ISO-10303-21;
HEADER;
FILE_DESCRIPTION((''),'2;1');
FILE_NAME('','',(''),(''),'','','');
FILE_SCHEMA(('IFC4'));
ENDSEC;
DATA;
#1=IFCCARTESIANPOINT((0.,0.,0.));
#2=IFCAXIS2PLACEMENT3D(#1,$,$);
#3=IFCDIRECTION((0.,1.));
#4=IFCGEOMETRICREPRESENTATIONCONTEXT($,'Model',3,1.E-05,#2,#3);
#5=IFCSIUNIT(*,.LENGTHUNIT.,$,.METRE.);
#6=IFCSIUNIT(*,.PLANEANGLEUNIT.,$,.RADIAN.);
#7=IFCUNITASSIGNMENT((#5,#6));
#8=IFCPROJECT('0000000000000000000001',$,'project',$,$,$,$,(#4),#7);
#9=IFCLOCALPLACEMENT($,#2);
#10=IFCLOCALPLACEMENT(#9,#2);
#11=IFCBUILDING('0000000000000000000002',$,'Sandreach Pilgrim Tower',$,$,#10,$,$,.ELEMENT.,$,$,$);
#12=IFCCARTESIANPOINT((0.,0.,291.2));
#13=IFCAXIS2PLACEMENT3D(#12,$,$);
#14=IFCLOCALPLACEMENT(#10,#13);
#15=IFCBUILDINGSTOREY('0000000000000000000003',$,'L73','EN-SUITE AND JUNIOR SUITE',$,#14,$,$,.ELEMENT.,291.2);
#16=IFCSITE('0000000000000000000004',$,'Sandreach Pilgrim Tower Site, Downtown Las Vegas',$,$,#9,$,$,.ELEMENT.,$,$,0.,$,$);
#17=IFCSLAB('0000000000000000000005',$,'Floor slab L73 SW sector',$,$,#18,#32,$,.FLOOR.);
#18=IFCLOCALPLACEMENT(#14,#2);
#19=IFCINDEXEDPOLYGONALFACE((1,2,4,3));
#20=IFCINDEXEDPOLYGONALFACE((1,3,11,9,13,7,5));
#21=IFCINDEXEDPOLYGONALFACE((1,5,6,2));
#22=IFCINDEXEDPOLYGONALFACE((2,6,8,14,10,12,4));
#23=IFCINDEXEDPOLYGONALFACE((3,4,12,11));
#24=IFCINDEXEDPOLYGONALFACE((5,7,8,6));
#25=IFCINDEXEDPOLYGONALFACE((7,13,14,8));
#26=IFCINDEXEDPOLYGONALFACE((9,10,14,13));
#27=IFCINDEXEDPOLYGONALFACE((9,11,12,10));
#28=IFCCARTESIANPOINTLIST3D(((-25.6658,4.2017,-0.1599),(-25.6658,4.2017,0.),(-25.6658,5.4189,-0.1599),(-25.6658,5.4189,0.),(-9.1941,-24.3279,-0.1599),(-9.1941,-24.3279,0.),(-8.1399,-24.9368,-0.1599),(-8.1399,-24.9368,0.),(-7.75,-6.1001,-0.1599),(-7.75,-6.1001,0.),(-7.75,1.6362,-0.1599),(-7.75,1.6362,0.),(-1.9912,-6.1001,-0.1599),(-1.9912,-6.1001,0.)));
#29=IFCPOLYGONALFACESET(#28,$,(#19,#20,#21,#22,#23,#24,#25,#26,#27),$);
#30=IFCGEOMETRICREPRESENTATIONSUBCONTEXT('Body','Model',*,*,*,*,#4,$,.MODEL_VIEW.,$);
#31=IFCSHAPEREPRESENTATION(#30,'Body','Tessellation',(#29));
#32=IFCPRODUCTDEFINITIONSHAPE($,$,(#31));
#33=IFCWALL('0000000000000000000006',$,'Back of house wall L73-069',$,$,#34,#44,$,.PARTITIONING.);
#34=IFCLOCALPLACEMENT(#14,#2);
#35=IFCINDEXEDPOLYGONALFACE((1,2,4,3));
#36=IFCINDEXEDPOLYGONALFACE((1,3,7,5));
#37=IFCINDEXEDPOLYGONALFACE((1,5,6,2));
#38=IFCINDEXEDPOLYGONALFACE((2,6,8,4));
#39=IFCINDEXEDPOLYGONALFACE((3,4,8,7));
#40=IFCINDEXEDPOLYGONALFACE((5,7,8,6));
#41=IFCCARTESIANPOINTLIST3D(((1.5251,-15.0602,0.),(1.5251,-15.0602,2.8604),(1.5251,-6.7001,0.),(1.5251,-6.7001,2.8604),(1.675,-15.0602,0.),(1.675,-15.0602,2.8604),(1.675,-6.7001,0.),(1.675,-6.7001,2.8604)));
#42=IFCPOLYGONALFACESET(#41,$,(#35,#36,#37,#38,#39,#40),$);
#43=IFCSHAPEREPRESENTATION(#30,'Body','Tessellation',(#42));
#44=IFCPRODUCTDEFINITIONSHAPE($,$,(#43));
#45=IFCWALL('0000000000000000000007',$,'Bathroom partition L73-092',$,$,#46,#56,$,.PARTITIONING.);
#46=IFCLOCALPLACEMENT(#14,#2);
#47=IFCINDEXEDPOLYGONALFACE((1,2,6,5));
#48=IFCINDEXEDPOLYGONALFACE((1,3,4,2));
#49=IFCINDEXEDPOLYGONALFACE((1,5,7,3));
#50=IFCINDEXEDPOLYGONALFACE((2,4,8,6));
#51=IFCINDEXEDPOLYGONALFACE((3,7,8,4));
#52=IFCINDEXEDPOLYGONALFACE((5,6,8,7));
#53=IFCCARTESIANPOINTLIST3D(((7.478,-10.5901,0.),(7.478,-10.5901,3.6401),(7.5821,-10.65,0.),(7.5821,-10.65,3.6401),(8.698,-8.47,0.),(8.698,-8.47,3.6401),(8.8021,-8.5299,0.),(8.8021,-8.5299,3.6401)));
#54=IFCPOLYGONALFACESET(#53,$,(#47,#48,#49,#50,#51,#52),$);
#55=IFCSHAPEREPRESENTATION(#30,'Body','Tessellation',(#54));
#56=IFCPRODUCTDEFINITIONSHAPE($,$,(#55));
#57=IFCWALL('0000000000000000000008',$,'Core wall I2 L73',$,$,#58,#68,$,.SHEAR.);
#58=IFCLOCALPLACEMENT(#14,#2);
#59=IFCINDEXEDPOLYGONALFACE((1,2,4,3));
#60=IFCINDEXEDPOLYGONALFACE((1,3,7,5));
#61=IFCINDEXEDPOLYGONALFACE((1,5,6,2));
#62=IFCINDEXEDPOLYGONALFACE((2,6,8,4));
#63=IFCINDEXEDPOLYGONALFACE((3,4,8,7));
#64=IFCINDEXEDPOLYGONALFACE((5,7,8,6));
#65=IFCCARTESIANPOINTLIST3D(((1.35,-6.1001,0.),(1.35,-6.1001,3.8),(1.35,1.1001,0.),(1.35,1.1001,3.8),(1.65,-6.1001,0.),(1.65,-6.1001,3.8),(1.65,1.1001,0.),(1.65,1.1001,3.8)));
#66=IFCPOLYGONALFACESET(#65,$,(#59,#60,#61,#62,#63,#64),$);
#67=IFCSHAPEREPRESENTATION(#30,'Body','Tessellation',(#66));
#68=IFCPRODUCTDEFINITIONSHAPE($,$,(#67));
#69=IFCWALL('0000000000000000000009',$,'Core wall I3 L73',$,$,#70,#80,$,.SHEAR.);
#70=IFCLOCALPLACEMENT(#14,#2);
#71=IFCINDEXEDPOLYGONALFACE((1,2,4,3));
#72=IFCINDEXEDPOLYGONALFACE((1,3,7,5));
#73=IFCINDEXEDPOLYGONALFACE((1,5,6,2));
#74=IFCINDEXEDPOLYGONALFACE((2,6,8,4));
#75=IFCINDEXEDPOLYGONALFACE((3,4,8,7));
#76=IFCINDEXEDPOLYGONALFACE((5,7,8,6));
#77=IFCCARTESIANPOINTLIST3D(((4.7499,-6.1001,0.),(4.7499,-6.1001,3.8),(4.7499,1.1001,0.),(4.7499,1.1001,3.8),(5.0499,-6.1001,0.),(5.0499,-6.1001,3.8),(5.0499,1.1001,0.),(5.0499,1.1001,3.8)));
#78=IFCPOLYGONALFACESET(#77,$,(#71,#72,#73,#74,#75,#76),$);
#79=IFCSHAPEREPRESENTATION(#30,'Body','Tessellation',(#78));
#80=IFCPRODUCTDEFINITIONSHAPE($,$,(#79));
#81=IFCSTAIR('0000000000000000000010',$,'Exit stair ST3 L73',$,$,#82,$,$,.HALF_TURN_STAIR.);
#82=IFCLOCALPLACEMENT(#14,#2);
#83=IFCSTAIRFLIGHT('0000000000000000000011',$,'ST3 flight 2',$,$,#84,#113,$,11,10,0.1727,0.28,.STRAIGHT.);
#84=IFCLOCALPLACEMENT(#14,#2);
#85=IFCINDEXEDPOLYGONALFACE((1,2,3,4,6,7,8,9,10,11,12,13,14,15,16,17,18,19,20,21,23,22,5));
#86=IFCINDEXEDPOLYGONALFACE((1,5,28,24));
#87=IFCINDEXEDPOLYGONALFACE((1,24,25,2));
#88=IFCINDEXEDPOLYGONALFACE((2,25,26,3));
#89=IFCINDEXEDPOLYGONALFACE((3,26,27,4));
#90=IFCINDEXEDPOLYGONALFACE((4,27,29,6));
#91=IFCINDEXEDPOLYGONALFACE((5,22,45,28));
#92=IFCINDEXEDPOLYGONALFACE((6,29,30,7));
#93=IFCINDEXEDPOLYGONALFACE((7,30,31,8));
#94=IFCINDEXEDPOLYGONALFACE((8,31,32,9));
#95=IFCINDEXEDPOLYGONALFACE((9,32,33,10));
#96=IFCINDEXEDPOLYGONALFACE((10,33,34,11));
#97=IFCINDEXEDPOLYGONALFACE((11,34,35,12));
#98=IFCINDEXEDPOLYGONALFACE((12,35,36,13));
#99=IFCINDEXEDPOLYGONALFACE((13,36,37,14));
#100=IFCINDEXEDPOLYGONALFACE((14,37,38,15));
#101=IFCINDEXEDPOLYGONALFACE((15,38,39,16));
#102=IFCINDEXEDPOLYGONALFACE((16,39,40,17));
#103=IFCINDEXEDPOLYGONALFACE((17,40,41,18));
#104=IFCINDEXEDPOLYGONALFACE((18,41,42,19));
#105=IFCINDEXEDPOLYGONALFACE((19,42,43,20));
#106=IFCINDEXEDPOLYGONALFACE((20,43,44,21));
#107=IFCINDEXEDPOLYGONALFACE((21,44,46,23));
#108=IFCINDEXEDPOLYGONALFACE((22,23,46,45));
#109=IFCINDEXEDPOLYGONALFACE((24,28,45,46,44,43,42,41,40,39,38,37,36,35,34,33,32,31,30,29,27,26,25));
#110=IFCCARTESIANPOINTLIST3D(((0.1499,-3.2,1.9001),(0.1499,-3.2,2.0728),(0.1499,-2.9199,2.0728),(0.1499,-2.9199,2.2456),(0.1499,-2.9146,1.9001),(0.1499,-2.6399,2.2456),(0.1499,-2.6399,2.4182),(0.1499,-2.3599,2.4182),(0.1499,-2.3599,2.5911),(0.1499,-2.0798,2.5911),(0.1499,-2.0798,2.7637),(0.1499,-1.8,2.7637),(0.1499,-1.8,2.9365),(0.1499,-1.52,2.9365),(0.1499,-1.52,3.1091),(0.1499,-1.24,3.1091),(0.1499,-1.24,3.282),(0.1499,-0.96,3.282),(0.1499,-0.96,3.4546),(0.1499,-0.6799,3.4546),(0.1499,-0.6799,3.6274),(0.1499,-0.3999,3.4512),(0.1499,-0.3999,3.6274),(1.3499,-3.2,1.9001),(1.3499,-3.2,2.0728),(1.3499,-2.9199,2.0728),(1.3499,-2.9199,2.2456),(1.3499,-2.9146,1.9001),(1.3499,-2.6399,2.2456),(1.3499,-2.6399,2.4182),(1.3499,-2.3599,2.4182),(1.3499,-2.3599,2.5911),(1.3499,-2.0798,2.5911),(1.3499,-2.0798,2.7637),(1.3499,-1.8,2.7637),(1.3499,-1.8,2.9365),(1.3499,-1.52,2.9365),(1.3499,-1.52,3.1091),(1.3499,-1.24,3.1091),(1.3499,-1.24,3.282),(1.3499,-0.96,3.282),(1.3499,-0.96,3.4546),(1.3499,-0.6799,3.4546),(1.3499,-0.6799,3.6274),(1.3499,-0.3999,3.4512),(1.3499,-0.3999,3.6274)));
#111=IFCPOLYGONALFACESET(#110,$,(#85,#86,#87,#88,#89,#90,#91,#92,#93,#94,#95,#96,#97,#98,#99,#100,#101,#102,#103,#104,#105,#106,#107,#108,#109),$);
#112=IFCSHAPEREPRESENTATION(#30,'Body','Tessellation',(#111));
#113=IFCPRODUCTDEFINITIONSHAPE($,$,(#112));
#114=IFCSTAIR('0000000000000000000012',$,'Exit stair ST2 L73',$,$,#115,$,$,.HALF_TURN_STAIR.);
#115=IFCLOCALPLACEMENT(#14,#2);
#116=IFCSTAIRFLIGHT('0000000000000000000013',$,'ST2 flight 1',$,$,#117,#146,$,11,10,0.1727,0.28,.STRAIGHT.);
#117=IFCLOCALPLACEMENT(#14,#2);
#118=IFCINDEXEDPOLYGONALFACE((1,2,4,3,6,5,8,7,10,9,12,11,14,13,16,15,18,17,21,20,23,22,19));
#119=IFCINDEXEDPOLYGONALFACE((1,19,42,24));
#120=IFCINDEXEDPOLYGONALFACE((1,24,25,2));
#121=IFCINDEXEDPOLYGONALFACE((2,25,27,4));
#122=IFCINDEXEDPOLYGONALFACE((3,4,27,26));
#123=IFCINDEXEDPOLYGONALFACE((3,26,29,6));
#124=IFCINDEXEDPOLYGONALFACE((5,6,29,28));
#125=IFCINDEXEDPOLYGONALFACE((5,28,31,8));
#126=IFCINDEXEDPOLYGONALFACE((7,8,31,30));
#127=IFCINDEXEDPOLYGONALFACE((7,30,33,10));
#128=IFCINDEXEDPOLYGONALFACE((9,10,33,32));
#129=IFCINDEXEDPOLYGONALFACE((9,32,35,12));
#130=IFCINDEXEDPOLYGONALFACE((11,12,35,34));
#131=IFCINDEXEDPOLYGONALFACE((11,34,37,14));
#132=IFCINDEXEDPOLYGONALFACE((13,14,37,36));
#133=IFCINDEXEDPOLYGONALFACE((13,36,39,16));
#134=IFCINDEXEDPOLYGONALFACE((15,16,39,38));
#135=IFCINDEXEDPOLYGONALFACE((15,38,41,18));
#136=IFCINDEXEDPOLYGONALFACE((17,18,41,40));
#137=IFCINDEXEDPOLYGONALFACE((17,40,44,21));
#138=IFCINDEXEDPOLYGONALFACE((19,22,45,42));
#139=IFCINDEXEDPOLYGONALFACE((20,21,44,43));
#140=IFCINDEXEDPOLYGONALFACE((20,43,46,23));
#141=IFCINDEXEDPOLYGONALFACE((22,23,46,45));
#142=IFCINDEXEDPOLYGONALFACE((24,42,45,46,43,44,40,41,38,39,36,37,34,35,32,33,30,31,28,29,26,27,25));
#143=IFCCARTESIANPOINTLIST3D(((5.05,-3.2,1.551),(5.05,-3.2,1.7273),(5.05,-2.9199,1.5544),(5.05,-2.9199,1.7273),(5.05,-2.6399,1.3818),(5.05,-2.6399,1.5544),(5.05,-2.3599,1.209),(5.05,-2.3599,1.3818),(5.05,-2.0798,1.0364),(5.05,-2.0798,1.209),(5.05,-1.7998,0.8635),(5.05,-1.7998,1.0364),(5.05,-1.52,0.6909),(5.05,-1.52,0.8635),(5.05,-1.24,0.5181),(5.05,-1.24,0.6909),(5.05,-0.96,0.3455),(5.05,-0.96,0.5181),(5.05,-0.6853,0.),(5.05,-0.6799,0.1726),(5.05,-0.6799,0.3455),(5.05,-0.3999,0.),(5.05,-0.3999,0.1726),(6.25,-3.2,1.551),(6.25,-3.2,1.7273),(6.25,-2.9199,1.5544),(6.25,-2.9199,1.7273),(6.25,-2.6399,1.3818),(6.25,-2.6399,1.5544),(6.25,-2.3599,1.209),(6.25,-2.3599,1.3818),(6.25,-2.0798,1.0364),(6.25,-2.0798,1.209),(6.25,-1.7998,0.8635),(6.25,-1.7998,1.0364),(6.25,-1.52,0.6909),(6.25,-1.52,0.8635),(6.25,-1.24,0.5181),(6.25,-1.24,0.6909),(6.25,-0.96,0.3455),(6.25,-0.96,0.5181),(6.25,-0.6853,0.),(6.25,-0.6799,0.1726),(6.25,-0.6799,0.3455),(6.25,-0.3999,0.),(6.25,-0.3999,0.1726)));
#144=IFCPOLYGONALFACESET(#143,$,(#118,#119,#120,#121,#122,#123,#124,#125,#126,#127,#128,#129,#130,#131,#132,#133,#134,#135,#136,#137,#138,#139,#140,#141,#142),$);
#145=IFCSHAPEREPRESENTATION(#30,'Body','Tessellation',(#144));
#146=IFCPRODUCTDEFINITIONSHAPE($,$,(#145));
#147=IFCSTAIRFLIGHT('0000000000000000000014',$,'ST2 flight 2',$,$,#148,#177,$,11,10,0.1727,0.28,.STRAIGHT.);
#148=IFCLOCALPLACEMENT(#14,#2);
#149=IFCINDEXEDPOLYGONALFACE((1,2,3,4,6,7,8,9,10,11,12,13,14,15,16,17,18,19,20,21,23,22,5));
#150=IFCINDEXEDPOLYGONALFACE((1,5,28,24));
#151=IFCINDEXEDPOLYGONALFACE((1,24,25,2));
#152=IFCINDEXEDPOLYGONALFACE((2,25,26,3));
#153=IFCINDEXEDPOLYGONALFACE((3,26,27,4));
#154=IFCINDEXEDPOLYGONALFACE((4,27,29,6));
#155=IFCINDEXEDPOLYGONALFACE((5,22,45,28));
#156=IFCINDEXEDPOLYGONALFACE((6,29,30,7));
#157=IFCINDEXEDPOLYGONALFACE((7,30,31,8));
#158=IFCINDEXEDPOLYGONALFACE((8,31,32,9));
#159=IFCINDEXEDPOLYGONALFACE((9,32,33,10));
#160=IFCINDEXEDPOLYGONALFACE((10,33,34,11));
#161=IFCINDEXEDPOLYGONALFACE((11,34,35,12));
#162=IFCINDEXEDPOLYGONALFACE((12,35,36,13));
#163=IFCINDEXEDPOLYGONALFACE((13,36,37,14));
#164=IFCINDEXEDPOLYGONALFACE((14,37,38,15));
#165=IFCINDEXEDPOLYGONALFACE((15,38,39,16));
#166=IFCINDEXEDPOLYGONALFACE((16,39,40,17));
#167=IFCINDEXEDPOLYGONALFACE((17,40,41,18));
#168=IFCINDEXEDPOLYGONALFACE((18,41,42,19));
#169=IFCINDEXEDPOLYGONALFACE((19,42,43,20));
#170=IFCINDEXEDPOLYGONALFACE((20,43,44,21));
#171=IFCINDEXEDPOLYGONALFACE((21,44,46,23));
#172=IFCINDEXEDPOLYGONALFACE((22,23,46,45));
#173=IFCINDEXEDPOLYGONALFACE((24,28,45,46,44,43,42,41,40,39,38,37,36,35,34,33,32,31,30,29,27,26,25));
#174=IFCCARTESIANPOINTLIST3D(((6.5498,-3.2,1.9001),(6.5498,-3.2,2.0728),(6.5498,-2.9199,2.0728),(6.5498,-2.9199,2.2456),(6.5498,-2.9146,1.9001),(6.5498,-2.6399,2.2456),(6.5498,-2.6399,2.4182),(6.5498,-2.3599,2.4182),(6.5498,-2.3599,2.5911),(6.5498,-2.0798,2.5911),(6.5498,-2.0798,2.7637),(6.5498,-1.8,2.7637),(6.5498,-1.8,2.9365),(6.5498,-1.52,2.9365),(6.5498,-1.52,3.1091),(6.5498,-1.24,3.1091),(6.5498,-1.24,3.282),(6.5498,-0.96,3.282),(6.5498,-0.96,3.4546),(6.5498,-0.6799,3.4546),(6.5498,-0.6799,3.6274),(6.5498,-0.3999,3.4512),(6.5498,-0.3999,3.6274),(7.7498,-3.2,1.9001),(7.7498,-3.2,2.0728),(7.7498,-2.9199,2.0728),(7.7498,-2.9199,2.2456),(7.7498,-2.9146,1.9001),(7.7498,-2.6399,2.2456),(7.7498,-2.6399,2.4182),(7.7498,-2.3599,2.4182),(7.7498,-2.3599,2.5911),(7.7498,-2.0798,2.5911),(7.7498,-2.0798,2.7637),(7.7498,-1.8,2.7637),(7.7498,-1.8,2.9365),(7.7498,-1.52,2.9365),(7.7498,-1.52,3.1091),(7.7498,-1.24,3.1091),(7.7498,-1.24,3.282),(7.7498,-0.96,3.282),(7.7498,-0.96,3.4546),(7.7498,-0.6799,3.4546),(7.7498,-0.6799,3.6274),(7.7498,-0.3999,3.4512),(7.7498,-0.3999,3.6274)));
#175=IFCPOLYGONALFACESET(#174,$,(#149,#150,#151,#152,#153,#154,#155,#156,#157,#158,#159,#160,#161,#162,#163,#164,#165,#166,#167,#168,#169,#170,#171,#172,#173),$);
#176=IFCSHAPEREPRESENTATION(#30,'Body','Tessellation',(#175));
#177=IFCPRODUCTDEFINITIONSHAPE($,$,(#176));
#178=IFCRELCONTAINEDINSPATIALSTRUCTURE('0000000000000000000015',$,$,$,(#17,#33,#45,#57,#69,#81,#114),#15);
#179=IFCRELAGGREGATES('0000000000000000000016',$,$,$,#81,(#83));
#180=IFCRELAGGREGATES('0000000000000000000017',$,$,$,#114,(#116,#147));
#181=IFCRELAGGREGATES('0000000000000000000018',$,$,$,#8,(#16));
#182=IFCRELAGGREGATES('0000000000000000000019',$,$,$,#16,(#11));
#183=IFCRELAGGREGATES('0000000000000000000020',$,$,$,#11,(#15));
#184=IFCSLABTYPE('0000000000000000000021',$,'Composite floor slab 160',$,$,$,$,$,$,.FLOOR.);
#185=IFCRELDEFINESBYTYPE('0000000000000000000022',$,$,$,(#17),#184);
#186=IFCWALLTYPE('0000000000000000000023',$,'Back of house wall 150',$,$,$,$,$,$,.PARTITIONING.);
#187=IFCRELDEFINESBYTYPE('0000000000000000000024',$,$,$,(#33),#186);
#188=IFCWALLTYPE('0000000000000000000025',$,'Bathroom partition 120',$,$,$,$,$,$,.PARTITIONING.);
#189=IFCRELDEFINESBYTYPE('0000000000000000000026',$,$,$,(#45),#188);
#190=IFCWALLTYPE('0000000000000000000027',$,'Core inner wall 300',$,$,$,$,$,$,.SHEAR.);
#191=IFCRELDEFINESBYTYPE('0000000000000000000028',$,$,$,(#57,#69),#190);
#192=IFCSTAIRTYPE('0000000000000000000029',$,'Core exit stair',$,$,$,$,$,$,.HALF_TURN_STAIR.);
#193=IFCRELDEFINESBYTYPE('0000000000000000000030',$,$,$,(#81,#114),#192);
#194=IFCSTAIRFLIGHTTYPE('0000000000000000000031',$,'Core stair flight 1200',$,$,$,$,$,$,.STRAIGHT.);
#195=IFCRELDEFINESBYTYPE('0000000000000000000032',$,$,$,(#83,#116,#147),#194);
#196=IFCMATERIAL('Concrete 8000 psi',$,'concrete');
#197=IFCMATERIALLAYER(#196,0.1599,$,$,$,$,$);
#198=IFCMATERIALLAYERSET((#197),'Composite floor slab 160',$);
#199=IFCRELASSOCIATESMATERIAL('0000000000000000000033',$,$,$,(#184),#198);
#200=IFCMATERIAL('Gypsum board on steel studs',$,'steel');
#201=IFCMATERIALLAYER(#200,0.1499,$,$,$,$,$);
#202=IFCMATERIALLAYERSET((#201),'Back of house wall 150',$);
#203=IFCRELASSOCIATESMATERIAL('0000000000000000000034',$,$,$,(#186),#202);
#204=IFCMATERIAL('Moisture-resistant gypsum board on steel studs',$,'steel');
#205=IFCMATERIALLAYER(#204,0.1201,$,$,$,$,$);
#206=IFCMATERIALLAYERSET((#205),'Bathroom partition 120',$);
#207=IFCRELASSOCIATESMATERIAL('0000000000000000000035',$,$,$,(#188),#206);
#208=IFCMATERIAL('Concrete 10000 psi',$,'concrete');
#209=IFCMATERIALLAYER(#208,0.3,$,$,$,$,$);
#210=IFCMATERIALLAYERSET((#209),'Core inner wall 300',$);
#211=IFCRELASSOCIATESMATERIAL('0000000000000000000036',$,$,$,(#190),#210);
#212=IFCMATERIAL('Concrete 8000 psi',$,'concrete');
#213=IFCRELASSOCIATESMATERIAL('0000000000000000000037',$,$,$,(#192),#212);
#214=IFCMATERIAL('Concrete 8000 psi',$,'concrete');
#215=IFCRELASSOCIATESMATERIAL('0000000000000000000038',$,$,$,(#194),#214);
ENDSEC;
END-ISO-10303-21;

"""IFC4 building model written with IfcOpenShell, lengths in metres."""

from ifc_helpers import new_model, si_unit, direction, frame, frame_2d, origin, place, context, subcontext, project, spatial, polyline, rectangle, outline, extrude, material, layer, layer_set, type_object, element, aggregate, save


model = new_model("IFC4")

# Units and contexts
model_context = context("Model", 3, precision=1e-05, world=origin(), true_north=direction((0.0, 1.0)))
body_context = subcontext(model_context, "Body", "Model", "MODEL_VIEW")
ifc_project = project(units=[si_unit("LENGTHUNIT", "METRE"), si_unit("PLANEANGLEUNIT", "RADIAN")], contexts=[model_context])

# Site, building, storey
site_placement = place(None, origin())
site = spatial("IfcSite", under=ifc_project, at=site_placement, Name="Sandreach Pilgrim Tower Site, Downtown Las Vegas", CompositionType="ELEMENT", RefElevation=0.0)
building_placement = place(site_placement, origin())
building = spatial("IfcBuilding", under=site, at=building_placement, Name="Sandreach Pilgrim Tower", CompositionType="ELEMENT")
storey_placement = place(building_placement, frame((0.0, 0.0, 291.2)))
storey = spatial("IfcBuildingStorey", under=building, at=storey_placement, Name="L73", Description="EN-SUITE AND JUNIOR SUITE", CompositionType="ELEMENT", Elevation=291.2)

# Slab
ifc_material_1 = material(Name="Concrete 8000 psi", Category="concrete")
ifc_layer_1 = layer(ifc_material_1, 0.1599)
ifc_layer_set_1 = layer_set([ifc_layer_1], Name="Composite floor slab 160")
slab_type = type_object("IfcSlabType", Name="Composite floor slab 160", PredefinedType="FLOOR", material=ifc_layer_set_1)
slab_placement = place(storey_placement, frame((0.0, 0.0, -0.1599)))
element("IfcSlab", 1, at=slab_placement, inside=storey, type_object=slab_type, Name="Floor slab L73 SW sector", PredefinedType="FLOOR", context=body_context, shape_type="SweptSolid", body=[
    extrude(outline(polyline([(-9.1941, -24.3279), (-25.6658, 4.2017), (-25.6658, 5.4189), (-7.75, 1.6362), (-7.75, -6.1001), (-1.9912, -6.1001), (-8.1399, -24.9368), (-9.1941, -24.3279)])), origin(), (0.0, 0.0, 1.0), 0.1599),
])

# Walls
ifc_material_2 = material(Name="Gypsum board on steel studs", Category="steel")
ifc_layer_2 = layer(ifc_material_2, 0.1499)
ifc_layer_set_2 = layer_set([ifc_layer_2], Name="Back of house wall 150")
wall_type_1 = type_object("IfcWallType", Name="Back of house wall 150", PredefinedType="PARTITIONING", material=ifc_layer_set_2)
wall_1_placement = place(storey_placement, frame((1.6001, -6.7, 0.0), z_axis=(0.0, 0.0, 1.0), x_axis=(0.0, -1.0, 0.0)))
element("IfcWall", 2, at=wall_1_placement, inside=storey, type_object=wall_type_1, Name="Back of house wall L73-069", PredefinedType="PARTITIONING", context=body_context, shape_type="SweptSolid", body=[
    extrude(rectangle(XDim=8.3601, YDim=0.1499, at=frame_2d((4.1802, 0.0))), origin(), (0.0, 0.0, 1.0), 2.8604),
])
ifc_material_3 = material(Name="Moisture-resistant gypsum board on steel studs", Category="steel")
ifc_layer_3 = layer(ifc_material_3, 0.1201)
ifc_layer_set_3 = layer_set([ifc_layer_3], Name="Bathroom partition 120")
wall_type_2 = type_object("IfcWallType", Name="Bathroom partition 120", PredefinedType="PARTITIONING", material=ifc_layer_set_3)
wall_2_placement = place(storey_placement, frame((7.53, -10.6201, 0.0), z_axis=(0.0, 0.0, 1.0), x_axis=(0.498749, 0.866747, 0.0)))
element("IfcWall", 3, at=wall_2_placement, inside=storey, type_object=wall_type_2, Name="Bathroom partition L73-092", PredefinedType="PARTITIONING", context=body_context, shape_type="SweptSolid", body=[
    extrude(rectangle(XDim=2.446, YDim=0.1201, at=frame_2d((1.2231, 0.0))), origin(), (0.0, 0.0, 1.0), 3.6401),
])
ifc_material_4 = material(Name="Concrete 10000 psi", Category="concrete")
ifc_layer_4 = layer(ifc_material_4, 0.3)
ifc_layer_set_4 = layer_set([ifc_layer_4], Name="Core inner wall 300")
wall_type_3 = type_object("IfcWallType", Name="Core inner wall 300", PredefinedType="SHEAR", material=ifc_layer_set_4)
for number, where, z_axis, x_axis, name in (
    (4, (1.5, -6.1001, 0.0), (0.0, 0.0, 1.0), (0.0, 1.0, 0.0), "Core wall I2 L73"),
    (5, (4.8999, -6.1001, 0.0), (0.0, 0.0, 1.0), (0.0, 1.0, 0.0), "Core wall I3 L73"),
):
    element("IfcWall", number, at=place(storey_placement, frame(where, z_axis=z_axis, x_axis=x_axis)), inside=storey, type_object=wall_type_3, Name=name, PredefinedType="SHEAR", context=body_context, shape_type="SweptSolid", body=[
        extrude(rectangle(XDim=7.2002, YDim=0.3, at=frame_2d((3.6001, 0.0))), origin(), (0.0, 0.0, 1.0), 3.8),
    ])

# Stair, stair flight
ifc_material_5 = material(Name="Concrete 8000 psi", Category="concrete")
stair_type = type_object("IfcStairType", Name="Core exit stair", PredefinedType="HALF_TURN_STAIR", material=ifc_material_5)
stair_1_placement = place(storey_placement, origin())
stair_1 = element("IfcStair", 6, at=stair_1_placement, inside=storey, type_object=stair_type, Name="Exit stair ST3 L73", PredefinedType="HALF_TURN_STAIR")
ifc_material_6 = material(Name="Concrete 8000 psi", Category="concrete")
stair_flight_type = type_object("IfcStairFlightType", Name="Core stair flight 1200", PredefinedType="STRAIGHT", material=ifc_material_6)
stair_flight_1_placement = place(storey_placement, frame((0.75, -3.2, 1.9001), z_axis=(0.0, 0.0, 1.0), x_axis=(0.0, 1.0, 0.0)))
stair_flight_1 = element("IfcStairFlight", 7, at=stair_flight_1_placement, type_object=stair_flight_type, Name="ST3 flight 2", NumberOfRisers=11, NumberOfTreads=10, PredefinedType="STRAIGHT", RiserHeight=0.1727, TreadLength=0.28, context=body_context, shape_type="SweptSolid", body=[
    extrude(outline(polyline([(0.0, 0.0), (0.0, 0.1726), (0.28, 0.1726), (0.28, 0.3455), (0.5601, 0.3455), (0.5601, 0.5181), (0.8401, 0.5181), (0.8401, 0.6909), (1.1201, 0.6909), (1.1201, 0.8635), (1.3999, 0.8635), (1.3999, 1.0364), (1.6799, 1.0364), (1.6799, 1.209), (1.96, 1.209), (1.96, 1.3818), (2.24, 1.3818), (2.24, 1.5544), (2.52, 1.5544), (2.52, 1.7273), (2.8, 1.7273), (2.8, 1.8999), (2.8, 1.551), (0.2854, 0.0), (0.0, 0.0)])), frame((0.0, 0.6001, 0.0), z_axis=(0.0, -1.0, 0.0), x_axis=(1.0, 0.0, 0.0)), (0.0, 0.0, 1.0), 1.2),
])
aggregate(stair_1, [stair_flight_1])

# Stair, stair flights
stair_2_placement = place(storey_placement, origin())
stair_2 = element("IfcStair", 8, at=stair_2_placement, inside=storey, type_object=stair_type, Name="Exit stair ST2 L73", PredefinedType="HALF_TURN_STAIR")
stair_flight_2_placement = place(storey_placement, frame((5.6499, -0.3999, 0.0), z_axis=(0.0, 0.0, 1.0), x_axis=(0.0, -1.0, 0.0)))
stair_flight_2 = element("IfcStairFlight", 9, at=stair_flight_2_placement, type_object=stair_flight_type, Name="ST2 flight 1", NumberOfRisers=11, NumberOfTreads=10, PredefinedType="STRAIGHT", RiserHeight=0.1727, TreadLength=0.28, context=body_context, shape_type="SweptSolid", body=[
    extrude(outline(polyline([(0.0, 0.0), (0.0, 0.1726), (0.28, 0.1726), (0.28, 0.3455), (0.5601, 0.3455), (0.5601, 0.5181), (0.8401, 0.5181), (0.8401, 0.6909), (1.1201, 0.6909), (1.1201, 0.8635), (1.3999, 0.8635), (1.3999, 1.0364), (1.6799, 1.0364), (1.6799, 1.209), (1.96, 1.209), (1.96, 1.3818), (2.24, 1.3818), (2.24, 1.5544), (2.52, 1.5544), (2.52, 1.7273), (2.8, 1.7273), (2.8, 1.8999), (2.8, 1.551), (0.2854, 0.0), (0.0, 0.0)])), frame((0.0, 0.6001, 0.0), z_axis=(0.0, -1.0, 0.0), x_axis=(1.0, 0.0, 0.0)), (0.0, 0.0, 1.0), 1.2),
])
stair_flight_3_placement = place(storey_placement, frame((7.1499, -3.2, 1.9001), z_axis=(0.0, 0.0, 1.0), x_axis=(0.0, 1.0, 0.0)))
stair_flight_3 = element("IfcStairFlight", 10, at=stair_flight_3_placement, type_object=stair_flight_type, Name="ST2 flight 2", NumberOfRisers=11, NumberOfTreads=10, PredefinedType="STRAIGHT", RiserHeight=0.1727, TreadLength=0.28, context=body_context, shape_type="SweptSolid", body=[
    extrude(outline(polyline([(0.0, 0.0), (0.0, 0.1726), (0.28, 0.1726), (0.28, 0.3455), (0.5601, 0.3455), (0.5601, 0.5181), (0.8401, 0.5181), (0.8401, 0.6909), (1.1201, 0.6909), (1.1201, 0.8635), (1.3999, 0.8635), (1.3999, 1.0364), (1.6799, 1.0364), (1.6799, 1.209), (1.96, 1.209), (1.96, 1.3818), (2.24, 1.3818), (2.24, 1.5544), (2.52, 1.5544), (2.52, 1.7273), (2.8, 1.7273), (2.8, 1.8999), (2.8, 1.551), (0.2854, 0.0), (0.0, 0.0)])), frame((0.0, 0.6001, 0.0), z_axis=(0.0, -1.0, 0.0), x_axis=(1.0, 0.0, 0.0)), (0.0, 0.0, 1.0), 1.2),
])
aggregate(stair_2, [stair_flight_2, stair_flight_3])

save(model, "model.ifc")
